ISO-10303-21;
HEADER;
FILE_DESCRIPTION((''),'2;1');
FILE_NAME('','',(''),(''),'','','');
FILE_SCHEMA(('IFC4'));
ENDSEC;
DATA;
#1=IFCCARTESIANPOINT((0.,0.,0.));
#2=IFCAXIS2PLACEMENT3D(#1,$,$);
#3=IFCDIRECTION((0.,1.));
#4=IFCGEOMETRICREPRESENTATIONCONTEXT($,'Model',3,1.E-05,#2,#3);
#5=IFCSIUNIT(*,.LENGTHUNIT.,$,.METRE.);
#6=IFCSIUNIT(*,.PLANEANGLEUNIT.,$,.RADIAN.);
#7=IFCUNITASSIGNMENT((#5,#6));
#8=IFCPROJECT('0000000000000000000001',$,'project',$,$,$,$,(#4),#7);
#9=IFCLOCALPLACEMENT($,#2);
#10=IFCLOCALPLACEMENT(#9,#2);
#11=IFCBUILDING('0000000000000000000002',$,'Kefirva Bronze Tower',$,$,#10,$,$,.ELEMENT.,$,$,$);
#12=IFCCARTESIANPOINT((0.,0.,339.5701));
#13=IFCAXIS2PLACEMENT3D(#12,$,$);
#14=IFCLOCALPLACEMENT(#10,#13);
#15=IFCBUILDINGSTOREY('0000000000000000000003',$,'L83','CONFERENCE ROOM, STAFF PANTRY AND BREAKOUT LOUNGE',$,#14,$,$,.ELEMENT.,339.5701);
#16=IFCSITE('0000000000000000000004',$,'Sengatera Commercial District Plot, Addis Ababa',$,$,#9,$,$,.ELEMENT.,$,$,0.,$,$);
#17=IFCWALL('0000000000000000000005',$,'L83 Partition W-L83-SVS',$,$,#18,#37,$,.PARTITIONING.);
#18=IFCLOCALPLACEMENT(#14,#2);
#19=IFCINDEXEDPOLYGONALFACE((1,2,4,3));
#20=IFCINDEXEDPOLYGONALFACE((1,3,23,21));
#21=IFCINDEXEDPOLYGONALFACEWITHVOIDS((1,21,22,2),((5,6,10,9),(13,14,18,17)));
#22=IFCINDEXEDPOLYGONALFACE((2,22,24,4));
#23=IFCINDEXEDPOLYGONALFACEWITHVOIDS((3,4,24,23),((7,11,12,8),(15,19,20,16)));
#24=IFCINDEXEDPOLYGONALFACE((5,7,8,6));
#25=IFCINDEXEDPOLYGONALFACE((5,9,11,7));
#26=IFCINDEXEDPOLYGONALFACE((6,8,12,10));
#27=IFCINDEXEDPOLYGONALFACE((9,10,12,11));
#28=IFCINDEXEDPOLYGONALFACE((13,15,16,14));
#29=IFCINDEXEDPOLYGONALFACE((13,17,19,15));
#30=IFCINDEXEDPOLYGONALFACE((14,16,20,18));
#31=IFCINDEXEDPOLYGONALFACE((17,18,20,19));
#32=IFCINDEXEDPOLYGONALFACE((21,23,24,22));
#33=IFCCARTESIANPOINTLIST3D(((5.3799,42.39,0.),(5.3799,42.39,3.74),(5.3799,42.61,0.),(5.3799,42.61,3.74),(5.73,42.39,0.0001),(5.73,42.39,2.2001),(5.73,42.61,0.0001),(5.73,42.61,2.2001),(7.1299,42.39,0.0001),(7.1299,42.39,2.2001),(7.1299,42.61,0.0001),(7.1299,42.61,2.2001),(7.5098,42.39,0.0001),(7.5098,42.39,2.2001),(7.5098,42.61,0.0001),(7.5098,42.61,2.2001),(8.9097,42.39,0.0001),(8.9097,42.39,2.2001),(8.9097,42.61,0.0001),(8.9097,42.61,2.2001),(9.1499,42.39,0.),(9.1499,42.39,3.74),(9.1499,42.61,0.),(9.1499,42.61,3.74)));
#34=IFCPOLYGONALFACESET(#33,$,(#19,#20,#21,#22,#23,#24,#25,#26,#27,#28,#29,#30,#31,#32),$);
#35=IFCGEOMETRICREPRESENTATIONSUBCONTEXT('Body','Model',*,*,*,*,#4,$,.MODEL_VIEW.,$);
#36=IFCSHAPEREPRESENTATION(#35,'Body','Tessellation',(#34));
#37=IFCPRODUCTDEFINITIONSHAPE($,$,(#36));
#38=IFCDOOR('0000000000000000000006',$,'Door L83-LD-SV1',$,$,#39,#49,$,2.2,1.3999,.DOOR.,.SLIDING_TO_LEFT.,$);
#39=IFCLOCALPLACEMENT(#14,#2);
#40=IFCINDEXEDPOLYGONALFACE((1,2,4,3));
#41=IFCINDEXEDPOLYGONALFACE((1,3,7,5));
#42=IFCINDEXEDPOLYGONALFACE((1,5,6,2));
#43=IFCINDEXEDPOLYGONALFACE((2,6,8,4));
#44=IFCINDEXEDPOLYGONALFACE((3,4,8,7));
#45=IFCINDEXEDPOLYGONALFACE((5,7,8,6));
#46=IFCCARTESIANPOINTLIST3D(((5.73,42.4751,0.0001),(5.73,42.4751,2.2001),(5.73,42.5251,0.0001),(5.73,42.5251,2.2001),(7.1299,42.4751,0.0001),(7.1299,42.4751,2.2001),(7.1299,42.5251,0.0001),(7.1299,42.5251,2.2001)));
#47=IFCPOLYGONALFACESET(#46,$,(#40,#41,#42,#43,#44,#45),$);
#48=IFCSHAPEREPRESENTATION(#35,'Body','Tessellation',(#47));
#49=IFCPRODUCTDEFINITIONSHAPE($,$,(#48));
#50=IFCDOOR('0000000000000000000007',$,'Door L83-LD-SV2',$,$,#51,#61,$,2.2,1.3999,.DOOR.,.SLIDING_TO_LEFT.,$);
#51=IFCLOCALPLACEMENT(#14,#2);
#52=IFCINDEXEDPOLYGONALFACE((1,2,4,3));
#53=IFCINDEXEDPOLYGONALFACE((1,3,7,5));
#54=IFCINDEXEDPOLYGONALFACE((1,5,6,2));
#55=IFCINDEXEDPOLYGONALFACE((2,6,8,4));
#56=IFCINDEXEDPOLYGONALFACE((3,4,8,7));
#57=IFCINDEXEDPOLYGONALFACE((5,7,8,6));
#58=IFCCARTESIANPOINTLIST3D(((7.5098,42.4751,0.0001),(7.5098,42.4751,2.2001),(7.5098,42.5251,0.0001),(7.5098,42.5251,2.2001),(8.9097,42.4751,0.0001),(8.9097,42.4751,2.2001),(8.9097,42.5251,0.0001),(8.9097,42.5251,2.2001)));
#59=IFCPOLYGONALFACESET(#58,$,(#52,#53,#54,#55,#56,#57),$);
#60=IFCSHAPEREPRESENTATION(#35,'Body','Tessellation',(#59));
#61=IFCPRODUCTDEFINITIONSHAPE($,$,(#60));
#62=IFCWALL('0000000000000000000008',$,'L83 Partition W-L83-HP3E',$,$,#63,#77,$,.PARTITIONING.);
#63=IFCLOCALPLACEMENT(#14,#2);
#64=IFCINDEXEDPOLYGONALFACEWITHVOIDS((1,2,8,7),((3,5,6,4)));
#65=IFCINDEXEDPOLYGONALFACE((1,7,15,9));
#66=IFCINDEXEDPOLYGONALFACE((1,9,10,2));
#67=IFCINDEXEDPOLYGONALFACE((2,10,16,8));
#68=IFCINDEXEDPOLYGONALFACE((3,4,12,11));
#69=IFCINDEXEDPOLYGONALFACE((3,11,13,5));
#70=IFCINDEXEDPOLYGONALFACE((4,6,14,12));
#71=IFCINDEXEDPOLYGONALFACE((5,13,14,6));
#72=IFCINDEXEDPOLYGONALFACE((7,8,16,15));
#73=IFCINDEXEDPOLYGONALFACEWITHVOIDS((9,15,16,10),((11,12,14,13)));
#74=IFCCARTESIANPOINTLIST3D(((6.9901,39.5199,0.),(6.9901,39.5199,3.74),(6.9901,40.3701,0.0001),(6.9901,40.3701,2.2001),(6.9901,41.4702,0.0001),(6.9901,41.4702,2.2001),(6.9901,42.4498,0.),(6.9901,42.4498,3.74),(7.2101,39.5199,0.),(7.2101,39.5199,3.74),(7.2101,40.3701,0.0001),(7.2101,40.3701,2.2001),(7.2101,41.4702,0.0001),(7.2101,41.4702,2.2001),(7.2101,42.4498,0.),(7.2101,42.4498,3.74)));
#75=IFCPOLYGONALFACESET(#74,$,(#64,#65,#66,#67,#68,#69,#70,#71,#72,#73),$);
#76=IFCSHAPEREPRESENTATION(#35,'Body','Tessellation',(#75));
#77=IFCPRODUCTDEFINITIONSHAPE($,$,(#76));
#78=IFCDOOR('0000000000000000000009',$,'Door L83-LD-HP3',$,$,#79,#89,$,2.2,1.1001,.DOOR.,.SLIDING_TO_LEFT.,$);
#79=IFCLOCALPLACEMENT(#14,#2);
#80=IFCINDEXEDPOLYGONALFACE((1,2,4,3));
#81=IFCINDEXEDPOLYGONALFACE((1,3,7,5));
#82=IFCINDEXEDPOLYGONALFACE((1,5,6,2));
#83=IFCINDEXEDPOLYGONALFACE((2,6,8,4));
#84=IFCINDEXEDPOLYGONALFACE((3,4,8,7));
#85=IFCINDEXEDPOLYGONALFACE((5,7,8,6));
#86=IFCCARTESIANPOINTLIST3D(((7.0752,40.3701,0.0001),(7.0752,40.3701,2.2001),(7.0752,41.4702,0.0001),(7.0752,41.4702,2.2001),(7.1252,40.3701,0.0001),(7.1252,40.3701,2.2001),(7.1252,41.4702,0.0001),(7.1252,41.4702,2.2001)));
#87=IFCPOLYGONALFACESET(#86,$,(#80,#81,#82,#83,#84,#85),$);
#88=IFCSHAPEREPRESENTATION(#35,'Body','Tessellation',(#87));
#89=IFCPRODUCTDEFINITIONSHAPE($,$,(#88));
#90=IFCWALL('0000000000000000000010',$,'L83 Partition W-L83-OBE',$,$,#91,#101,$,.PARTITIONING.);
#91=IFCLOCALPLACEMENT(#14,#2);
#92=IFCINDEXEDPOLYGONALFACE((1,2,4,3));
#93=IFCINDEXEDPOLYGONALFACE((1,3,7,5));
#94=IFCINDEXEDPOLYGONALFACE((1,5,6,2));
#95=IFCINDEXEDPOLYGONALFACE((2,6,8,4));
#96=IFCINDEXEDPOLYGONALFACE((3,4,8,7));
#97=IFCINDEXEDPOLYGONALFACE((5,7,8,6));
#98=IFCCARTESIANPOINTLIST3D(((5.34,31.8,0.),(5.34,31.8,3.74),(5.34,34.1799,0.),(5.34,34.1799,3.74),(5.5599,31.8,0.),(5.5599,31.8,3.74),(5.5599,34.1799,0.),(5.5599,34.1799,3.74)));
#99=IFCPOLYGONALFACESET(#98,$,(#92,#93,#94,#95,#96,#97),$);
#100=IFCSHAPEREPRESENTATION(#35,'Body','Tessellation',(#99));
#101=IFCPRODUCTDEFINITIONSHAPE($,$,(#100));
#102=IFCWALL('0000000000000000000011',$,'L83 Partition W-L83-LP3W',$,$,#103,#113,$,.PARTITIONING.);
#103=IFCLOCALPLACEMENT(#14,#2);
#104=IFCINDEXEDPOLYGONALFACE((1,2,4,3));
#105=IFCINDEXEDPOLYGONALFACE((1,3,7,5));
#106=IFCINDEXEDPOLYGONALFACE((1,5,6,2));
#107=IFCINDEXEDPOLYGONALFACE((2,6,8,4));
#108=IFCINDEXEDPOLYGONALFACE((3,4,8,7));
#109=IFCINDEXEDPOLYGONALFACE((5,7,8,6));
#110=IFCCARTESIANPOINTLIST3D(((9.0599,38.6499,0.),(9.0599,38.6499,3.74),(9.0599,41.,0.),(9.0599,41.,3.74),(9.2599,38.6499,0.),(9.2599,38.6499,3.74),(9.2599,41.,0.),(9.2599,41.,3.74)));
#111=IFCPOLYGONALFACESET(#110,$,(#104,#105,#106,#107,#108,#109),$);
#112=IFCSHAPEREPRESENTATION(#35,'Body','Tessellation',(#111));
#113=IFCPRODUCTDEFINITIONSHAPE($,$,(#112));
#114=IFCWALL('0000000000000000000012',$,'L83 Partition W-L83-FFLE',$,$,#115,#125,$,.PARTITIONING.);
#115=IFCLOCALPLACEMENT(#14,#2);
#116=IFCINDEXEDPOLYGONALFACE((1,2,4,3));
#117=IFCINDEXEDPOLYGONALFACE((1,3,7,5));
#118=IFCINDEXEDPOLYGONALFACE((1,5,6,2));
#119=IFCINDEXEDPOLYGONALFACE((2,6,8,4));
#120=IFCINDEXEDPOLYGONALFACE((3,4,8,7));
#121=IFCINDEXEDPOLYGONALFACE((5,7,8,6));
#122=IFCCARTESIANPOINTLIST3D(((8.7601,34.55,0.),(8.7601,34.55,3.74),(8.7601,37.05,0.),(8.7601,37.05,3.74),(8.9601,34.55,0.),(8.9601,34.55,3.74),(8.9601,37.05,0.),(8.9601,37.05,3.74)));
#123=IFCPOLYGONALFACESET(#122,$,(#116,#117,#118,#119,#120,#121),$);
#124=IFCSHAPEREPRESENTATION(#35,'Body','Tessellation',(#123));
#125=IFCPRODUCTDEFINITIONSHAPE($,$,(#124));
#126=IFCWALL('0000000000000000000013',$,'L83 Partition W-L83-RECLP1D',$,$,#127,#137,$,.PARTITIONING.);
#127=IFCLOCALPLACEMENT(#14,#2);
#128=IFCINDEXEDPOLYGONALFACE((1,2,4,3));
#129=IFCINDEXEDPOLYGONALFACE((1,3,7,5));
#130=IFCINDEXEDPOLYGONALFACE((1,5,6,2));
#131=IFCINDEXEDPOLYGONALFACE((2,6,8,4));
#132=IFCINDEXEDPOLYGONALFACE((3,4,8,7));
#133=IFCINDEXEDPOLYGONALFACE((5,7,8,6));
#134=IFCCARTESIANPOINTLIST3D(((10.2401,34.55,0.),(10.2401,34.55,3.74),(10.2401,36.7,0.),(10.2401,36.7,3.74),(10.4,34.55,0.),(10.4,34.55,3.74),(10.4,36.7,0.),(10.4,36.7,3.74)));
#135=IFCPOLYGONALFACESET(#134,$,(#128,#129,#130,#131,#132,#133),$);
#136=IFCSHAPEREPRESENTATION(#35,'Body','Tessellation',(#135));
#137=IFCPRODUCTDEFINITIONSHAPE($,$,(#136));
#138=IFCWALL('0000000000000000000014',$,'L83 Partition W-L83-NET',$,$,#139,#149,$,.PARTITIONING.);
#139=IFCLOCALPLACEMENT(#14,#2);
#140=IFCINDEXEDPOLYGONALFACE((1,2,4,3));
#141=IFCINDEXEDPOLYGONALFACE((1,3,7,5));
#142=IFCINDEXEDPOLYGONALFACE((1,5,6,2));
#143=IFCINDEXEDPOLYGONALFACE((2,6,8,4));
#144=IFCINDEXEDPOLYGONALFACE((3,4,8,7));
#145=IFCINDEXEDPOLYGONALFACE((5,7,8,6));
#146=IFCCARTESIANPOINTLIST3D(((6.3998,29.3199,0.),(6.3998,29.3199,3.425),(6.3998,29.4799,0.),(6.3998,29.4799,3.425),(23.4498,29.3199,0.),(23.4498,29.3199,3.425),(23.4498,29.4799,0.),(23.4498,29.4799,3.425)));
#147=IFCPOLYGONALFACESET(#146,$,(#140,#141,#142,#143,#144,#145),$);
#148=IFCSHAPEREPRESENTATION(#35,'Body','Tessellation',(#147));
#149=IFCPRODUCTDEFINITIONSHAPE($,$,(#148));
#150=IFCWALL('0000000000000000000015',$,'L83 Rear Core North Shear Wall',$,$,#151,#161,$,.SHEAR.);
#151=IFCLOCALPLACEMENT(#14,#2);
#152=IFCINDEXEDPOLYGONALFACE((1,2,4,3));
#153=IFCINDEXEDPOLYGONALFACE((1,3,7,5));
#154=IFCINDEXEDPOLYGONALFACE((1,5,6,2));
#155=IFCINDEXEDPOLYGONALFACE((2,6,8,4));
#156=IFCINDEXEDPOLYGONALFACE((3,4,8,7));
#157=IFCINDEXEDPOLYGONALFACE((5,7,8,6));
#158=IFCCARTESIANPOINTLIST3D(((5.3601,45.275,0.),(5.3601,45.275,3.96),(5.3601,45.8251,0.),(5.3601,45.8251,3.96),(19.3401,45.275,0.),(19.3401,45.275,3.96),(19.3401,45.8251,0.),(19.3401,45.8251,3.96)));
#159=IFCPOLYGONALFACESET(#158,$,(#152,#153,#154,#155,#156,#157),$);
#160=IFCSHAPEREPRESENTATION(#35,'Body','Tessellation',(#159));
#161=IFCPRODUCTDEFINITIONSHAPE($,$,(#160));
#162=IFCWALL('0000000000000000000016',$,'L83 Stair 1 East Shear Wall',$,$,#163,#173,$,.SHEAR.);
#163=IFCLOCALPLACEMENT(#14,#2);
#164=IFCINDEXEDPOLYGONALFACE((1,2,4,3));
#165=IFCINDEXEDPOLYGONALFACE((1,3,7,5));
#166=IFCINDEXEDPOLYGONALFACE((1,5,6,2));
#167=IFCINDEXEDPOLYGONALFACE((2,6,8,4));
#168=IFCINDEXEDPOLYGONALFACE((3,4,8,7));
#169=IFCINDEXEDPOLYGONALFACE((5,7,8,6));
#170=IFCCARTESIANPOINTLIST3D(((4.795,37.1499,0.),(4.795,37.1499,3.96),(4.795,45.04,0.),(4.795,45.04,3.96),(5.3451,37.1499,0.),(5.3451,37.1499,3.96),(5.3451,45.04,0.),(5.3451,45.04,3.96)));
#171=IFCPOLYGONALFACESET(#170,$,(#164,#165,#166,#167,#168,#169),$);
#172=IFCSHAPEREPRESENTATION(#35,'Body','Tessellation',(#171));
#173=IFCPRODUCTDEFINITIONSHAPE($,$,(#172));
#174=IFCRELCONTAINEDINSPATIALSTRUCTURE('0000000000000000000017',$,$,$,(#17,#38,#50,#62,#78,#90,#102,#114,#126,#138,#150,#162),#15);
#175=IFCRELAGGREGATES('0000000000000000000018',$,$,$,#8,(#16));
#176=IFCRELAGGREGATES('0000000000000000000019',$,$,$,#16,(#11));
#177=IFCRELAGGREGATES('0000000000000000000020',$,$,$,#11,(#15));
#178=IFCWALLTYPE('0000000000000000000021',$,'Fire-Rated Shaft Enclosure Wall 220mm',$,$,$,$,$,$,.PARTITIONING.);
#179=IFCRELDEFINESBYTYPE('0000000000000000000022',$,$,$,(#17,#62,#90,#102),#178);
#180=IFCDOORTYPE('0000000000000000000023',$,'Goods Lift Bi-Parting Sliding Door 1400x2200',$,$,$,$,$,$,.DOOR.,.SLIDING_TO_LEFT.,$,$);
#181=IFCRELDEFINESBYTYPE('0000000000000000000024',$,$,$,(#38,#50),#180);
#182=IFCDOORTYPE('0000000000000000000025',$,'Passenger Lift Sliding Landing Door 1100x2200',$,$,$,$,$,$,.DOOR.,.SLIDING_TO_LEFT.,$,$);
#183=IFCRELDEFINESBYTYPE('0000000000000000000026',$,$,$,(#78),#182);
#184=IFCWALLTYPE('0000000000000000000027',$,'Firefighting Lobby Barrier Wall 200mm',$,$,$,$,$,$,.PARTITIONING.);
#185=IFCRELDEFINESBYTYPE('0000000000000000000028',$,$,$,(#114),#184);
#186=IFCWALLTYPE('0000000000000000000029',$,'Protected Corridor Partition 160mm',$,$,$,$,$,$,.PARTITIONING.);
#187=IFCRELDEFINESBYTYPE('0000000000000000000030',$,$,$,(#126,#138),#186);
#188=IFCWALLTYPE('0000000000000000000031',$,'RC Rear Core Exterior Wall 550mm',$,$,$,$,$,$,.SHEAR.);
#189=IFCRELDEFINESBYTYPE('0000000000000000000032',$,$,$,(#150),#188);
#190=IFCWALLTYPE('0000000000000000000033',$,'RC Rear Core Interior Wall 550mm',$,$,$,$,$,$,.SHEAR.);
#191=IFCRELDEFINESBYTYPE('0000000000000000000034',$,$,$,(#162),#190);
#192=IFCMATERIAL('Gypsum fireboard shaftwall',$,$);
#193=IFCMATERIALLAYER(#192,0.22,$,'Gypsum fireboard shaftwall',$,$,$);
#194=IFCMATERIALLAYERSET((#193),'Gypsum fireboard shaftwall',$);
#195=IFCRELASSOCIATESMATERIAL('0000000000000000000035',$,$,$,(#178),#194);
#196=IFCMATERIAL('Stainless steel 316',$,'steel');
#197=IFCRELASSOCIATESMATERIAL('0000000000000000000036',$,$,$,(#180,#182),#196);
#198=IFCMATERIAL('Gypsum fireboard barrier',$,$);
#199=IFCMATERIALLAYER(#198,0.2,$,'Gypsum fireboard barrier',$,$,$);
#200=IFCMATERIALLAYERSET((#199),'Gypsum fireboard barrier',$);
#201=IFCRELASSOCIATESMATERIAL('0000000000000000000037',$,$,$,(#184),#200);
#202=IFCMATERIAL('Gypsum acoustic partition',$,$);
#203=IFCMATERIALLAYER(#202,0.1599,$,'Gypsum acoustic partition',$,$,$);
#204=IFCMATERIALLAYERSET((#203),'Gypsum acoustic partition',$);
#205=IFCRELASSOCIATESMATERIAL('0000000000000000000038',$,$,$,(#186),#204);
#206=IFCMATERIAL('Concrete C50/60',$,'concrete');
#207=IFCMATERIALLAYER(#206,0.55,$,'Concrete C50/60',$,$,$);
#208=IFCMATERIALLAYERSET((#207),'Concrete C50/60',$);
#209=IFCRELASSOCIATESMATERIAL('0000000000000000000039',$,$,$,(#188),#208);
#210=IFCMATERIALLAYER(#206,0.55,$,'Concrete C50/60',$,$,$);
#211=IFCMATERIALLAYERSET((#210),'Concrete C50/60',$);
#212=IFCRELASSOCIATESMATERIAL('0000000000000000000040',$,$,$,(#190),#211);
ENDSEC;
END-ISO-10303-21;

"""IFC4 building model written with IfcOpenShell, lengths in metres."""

from ifc_helpers import new_model, si_unit, direction, frame, frame_2d, origin, place, context, subcontext, project, spatial, rectangle, extrude, material, layer, layer_set, type_object, element, fill, save


model = new_model("IFC4")

# Units and contexts
model_context = context("Model", 3, precision=1e-05, world=origin(), true_north=direction((0.0, 1.0)))
body_context = subcontext(model_context, "Body", "Model", "MODEL_VIEW")
ifc_project = project(units=[si_unit("LENGTHUNIT", "METRE"), si_unit("PLANEANGLEUNIT", "RADIAN")], contexts=[model_context])

# Site, building, storey
site_placement = place(None, origin())
site = spatial("IfcSite", under=ifc_project, at=site_placement, Name="Sengatera Commercial District Plot, Addis Ababa", CompositionType="ELEMENT", RefElevation=0.0)
building_placement = place(site_placement, origin())
building = spatial("IfcBuilding", under=site, at=building_placement, Name="Kefirva Bronze Tower", CompositionType="ELEMENT")
storey_placement = place(building_placement, frame((0.0, 0.0, 339.5701)))
storey = spatial("IfcBuildingStorey", under=building, at=storey_placement, Name="L83", Description="CONFERENCE ROOM, STAFF PANTRY AND BREAKOUT LOUNGE", CompositionType="ELEMENT", Elevation=339.5701)

# Shared definitions
ifc_material_1 = material(Name="Concrete C50/60", Category="concrete")

# Shared definitions
ifc_material_2 = material(Name="Gypsum fireboard shaftwall")
ifc_layer_1 = layer(ifc_material_2, 0.22, Name="Gypsum fireboard shaftwall")
ifc_layer_set_1 = layer_set([ifc_layer_1], Name="Gypsum fireboard shaftwall")
wall_type_1 = type_object("IfcWallType", Name="Fire-Rated Shaft Enclosure Wall 220mm", PredefinedType="PARTITIONING", material=ifc_layer_set_1)
ifc_material_3 = material(Name="Stainless steel 316", Category="steel")

# Wall, openings, doors
wall_1_placement = place(storey_placement, frame((5.3799, 42.5, 0.0), z_axis=(0.0, 0.0, 1.0), x_axis=(1.0, 0.0, 0.0)))
wall_1 = element("IfcWall", 1, at=wall_1_placement, inside=storey, type_object=wall_type_1, Name="L83 Partition W-L83-SVS", PredefinedType="PARTITIONING", context=body_context, shape_type="SweptSolid", body=[
    extrude(rectangle(XDim=3.77, YDim=0.22, at=frame_2d((1.885, 0.0))), origin(), (0.0, 0.0, 1.0), 3.74),
])
opening_1_placement = place(wall_1_placement, frame((1.75, 0.0, 0.0), z_axis=(0.0, 0.0, 1.0), x_axis=(-1.0, 0.0, 0.0)))
opening_1 = element("IfcOpeningElement", 2, at=opening_1_placement, cuts=wall_1, PredefinedType="OPENING", context=body_context, shape_type="SweptSolid", body=[
    extrude(rectangle(XDim=1.3999, YDim=2.2, at=frame_2d((0.7, 1.1001))), frame((0.0, 0.1201, 0.0), z_axis=(0.0, -1.0, 0.0), x_axis=(1.0, 0.0, 0.0)), (0.0, 0.0, 1.0), 0.24),
])
opening_2_placement = place(wall_1_placement, frame((3.5298, 0.0, 0.0), z_axis=(0.0, 0.0, 1.0), x_axis=(-1.0, 0.0, 0.0)))
opening_2 = element("IfcOpeningElement", 3, at=opening_2_placement, cuts=wall_1, PredefinedType="OPENING", context=body_context, shape_type="SweptSolid", body=[
    extrude(rectangle(XDim=1.3999, YDim=2.2, at=frame_2d((0.7, 1.1001))), frame((0.0, 0.1201, 0.0), z_axis=(0.0, -1.0, 0.0), x_axis=(1.0, 0.0, 0.0)), (0.0, 0.0, 1.0), 0.24),
])
door_type_1 = type_object("IfcDoorType", Name="Goods Lift Bi-Parting Sliding Door 1400x2200", OperationType="SLIDING_TO_LEFT", PredefinedType="DOOR", material=ifc_material_3)
door_1_placement = place(opening_1_placement, origin())
door_1 = element("IfcDoor", 4, at=door_1_placement, inside=storey, type_object=door_type_1, Name="Door L83-LD-SV1", OperationType="SLIDING_TO_LEFT", OverallHeight=2.2, OverallWidth=1.3999, PredefinedType="DOOR", context=body_context, shape_type="SweptSolid", body=[
    extrude(rectangle(XDim=1.3999, YDim=2.2, at=frame_2d((0.7, 1.1001))), frame((0.0, 0.0249, 0.0), z_axis=(0.0, -1.0, 0.0), x_axis=(1.0, 0.0, 0.0)), (0.0, 0.0, 1.0), 0.05),
])
fill(opening_1, door_1)
door_2_placement = place(opening_2_placement, origin())
door_2 = element("IfcDoor", 5, at=door_2_placement, inside=storey, type_object=door_type_1, Name="Door L83-LD-SV2", OperationType="SLIDING_TO_LEFT", OverallHeight=2.2, OverallWidth=1.3999, PredefinedType="DOOR", context=body_context, shape_type="SweptSolid", body=[
    extrude(rectangle(XDim=1.3999, YDim=2.2, at=frame_2d((0.7, 1.1001))), frame((0.0, 0.0249, 0.0), z_axis=(0.0, -1.0, 0.0), x_axis=(1.0, 0.0, 0.0)), (0.0, 0.0, 1.0), 0.05),
])
fill(opening_2, door_2)

# Wall, opening, door
wall_2_placement = place(storey_placement, frame((7.1001, 39.52, 0.0), z_axis=(0.0, 0.0, 1.0), x_axis=(0.0, 1.0, 0.0)))
wall_2 = element("IfcWall", 6, at=wall_2_placement, inside=storey, type_object=wall_type_1, Name="L83 Partition W-L83-HP3E", PredefinedType="PARTITIONING", context=body_context, shape_type="SweptSolid", body=[
    extrude(rectangle(XDim=2.9299, YDim=0.22, at=frame_2d((1.4648, 0.0))), origin(), (0.0, 0.0, 1.0), 3.74),
])
opening_3_placement = place(wall_2_placement, frame((0.8501, 0.0, 0.0)))
opening_3 = element("IfcOpeningElement", 7, at=opening_3_placement, cuts=wall_2, PredefinedType="OPENING", context=body_context, shape_type="SweptSolid", body=[
    extrude(rectangle(XDim=1.1001, YDim=2.2, at=frame_2d((0.55, 1.1001))), frame((0.0, 0.1201, 0.0), z_axis=(0.0, -1.0, 0.0), x_axis=(1.0, 0.0, 0.0)), (0.0, 0.0, 1.0), 0.24),
])
door_type_2 = type_object("IfcDoorType", Name="Passenger Lift Sliding Landing Door 1100x2200", OperationType="SLIDING_TO_LEFT", PredefinedType="DOOR", material=ifc_material_3)
door_3_placement = place(opening_3_placement, origin())
door_3 = element("IfcDoor", 8, at=door_3_placement, inside=storey, type_object=door_type_2, Name="Door L83-LD-HP3", OperationType="SLIDING_TO_LEFT", OverallHeight=2.2, OverallWidth=1.1001, PredefinedType="DOOR", context=body_context, shape_type="SweptSolid", body=[
    extrude(rectangle(XDim=1.1001, YDim=2.2, at=frame_2d((0.55, 1.1001))), frame((0.0, 0.0249, 0.0), z_axis=(0.0, -1.0, 0.0), x_axis=(1.0, 0.0, 0.0)), (0.0, 0.0, 1.0), 0.05),
])
fill(opening_3, door_3)

# Walls
wall_3_placement = place(storey_placement, frame((5.45, 31.8, 0.0), z_axis=(0.0, 0.0, 1.0), x_axis=(0.0, 1.0, 0.0)))
element("IfcWall", 9, at=wall_3_placement, inside=storey, type_object=wall_type_1, Name="L83 Partition W-L83-OBE", PredefinedType="PARTITIONING", context=body_context, shape_type="SweptSolid", body=[
    extrude(rectangle(XDim=2.3799, YDim=0.22, at=frame_2d((1.1899, 0.0))), origin(), (0.0, 0.0, 1.0), 3.74),
])
wall_4_placement = place(storey_placement, frame((9.1599, 38.6499, 0.0), z_axis=(0.0, 0.0, 1.0), x_axis=(0.0, 1.0, 0.0)))
element("IfcWall", 10, at=wall_4_placement, inside=storey, type_object=wall_type_1, Name="L83 Partition W-L83-LP3W", PredefinedType="PARTITIONING", context=body_context, shape_type="SweptSolid", body=[
    extrude(rectangle(XDim=2.3501, YDim=0.2, at=frame_2d((1.175, 0.0))), origin(), (0.0, 0.0, 1.0), 3.74),
])
ifc_material_4 = material(Name="Gypsum fireboard barrier")
ifc_layer_2 = layer(ifc_material_4, 0.2, Name="Gypsum fireboard barrier")
ifc_layer_set_2 = layer_set([ifc_layer_2], Name="Gypsum fireboard barrier")
wall_type_2 = type_object("IfcWallType", Name="Firefighting Lobby Barrier Wall 200mm", PredefinedType="PARTITIONING", material=ifc_layer_set_2)
wall_5_placement = place(storey_placement, frame((8.8601, 34.55, 0.0), z_axis=(0.0, 0.0, 1.0), x_axis=(0.0, 1.0, 0.0)))
element("IfcWall", 11, at=wall_5_placement, inside=storey, type_object=wall_type_2, Name="L83 Partition W-L83-FFLE", PredefinedType="PARTITIONING", context=body_context, shape_type="SweptSolid", body=[
    extrude(rectangle(XDim=2.5, YDim=0.2, at=frame_2d((1.25, 0.0))), origin(), (0.0, 0.0, 1.0), 3.74),
])

# Shared definitions
ifc_material_5 = material(Name="Gypsum acoustic partition")
ifc_layer_3 = layer(ifc_material_5, 0.1599, Name="Gypsum acoustic partition")
ifc_layer_set_3 = layer_set([ifc_layer_3], Name="Gypsum acoustic partition")
wall_type_3 = type_object("IfcWallType", Name="Protected Corridor Partition 160mm", PredefinedType="PARTITIONING", material=ifc_layer_set_3)

# Wall
wall_6_placement = place(storey_placement, frame((10.3201, 34.55, 0.0), z_axis=(0.0, 0.0, 1.0), x_axis=(0.0, 1.0, 0.0)))
element("IfcWall", 12, at=wall_6_placement, inside=storey, type_object=wall_type_3, Name="L83 Partition W-L83-RECLP1D", PredefinedType="PARTITIONING", context=body_context, shape_type="SweptSolid", body=[
    extrude(rectangle(XDim=2.1499, YDim=0.1599, at=frame_2d((1.075, 0.0))), origin(), (0.0, 0.0, 1.0), 3.74),
])

# Walls
wall_7_placement = place(storey_placement, frame((6.3999, 29.3999, 0.0), z_axis=(0.0, 0.0, 1.0), x_axis=(1.0, 0.0, 0.0)))
element("IfcWall", 13, at=wall_7_placement, inside=storey, type_object=wall_type_3, Name="L83 Partition W-L83-NET", PredefinedType="PARTITIONING", context=body_context, shape_type="SweptSolid", body=[
    extrude(rectangle(XDim=17.05, YDim=0.1599, at=frame_2d((8.5249, 0.0))), origin(), (0.0, 0.0, 1.0), 3.425),
])
ifc_layer_4 = layer(ifc_material_1, 0.55, Name="Concrete C50/60")
ifc_layer_set_4 = layer_set([ifc_layer_4], Name="Concrete C50/60")
wall_type_4 = type_object("IfcWallType", Name="RC Rear Core Exterior Wall 550mm", PredefinedType="SHEAR", material=ifc_layer_set_4)
wall_8_placement = place(storey_placement, frame((5.3601, 45.55, 0.0), z_axis=(0.0, 0.0, 1.0), x_axis=(1.0, 0.0, 0.0)))
element("IfcWall", 14, at=wall_8_placement, inside=storey, type_object=wall_type_4, Name="L83 Rear Core North Shear Wall", PredefinedType="SHEAR", context=body_context, shape_type="SweptSolid", body=[
    extrude(rectangle(XDim=13.98, YDim=0.55, at=frame_2d((6.99, 0.0))), origin(), (0.0, 0.0, 1.0), 3.96),
])
ifc_layer_5 = layer(ifc_material_1, 0.55, Name="Concrete C50/60")
ifc_layer_set_5 = layer_set([ifc_layer_5], Name="Concrete C50/60")
wall_type_5 = type_object("IfcWallType", Name="RC Rear Core Interior Wall 550mm", PredefinedType="SHEAR", material=ifc_layer_set_5)
wall_9_placement = place(storey_placement, frame((5.0701, 37.1499, 0.0), z_axis=(0.0, 0.0, 1.0), x_axis=(0.0, 1.0, 0.0)))
element("IfcWall", 15, at=wall_9_placement, inside=storey, type_object=wall_type_5, Name="L83 Stair 1 East Shear Wall", PredefinedType="SHEAR", context=body_context, shape_type="SweptSolid", body=[
    extrude(rectangle(XDim=7.8901, YDim=0.55, at=frame_2d((3.9451, 0.0))), origin(), (0.0, 0.0, 1.0), 3.96),
])

save(model, "model.ifc")
